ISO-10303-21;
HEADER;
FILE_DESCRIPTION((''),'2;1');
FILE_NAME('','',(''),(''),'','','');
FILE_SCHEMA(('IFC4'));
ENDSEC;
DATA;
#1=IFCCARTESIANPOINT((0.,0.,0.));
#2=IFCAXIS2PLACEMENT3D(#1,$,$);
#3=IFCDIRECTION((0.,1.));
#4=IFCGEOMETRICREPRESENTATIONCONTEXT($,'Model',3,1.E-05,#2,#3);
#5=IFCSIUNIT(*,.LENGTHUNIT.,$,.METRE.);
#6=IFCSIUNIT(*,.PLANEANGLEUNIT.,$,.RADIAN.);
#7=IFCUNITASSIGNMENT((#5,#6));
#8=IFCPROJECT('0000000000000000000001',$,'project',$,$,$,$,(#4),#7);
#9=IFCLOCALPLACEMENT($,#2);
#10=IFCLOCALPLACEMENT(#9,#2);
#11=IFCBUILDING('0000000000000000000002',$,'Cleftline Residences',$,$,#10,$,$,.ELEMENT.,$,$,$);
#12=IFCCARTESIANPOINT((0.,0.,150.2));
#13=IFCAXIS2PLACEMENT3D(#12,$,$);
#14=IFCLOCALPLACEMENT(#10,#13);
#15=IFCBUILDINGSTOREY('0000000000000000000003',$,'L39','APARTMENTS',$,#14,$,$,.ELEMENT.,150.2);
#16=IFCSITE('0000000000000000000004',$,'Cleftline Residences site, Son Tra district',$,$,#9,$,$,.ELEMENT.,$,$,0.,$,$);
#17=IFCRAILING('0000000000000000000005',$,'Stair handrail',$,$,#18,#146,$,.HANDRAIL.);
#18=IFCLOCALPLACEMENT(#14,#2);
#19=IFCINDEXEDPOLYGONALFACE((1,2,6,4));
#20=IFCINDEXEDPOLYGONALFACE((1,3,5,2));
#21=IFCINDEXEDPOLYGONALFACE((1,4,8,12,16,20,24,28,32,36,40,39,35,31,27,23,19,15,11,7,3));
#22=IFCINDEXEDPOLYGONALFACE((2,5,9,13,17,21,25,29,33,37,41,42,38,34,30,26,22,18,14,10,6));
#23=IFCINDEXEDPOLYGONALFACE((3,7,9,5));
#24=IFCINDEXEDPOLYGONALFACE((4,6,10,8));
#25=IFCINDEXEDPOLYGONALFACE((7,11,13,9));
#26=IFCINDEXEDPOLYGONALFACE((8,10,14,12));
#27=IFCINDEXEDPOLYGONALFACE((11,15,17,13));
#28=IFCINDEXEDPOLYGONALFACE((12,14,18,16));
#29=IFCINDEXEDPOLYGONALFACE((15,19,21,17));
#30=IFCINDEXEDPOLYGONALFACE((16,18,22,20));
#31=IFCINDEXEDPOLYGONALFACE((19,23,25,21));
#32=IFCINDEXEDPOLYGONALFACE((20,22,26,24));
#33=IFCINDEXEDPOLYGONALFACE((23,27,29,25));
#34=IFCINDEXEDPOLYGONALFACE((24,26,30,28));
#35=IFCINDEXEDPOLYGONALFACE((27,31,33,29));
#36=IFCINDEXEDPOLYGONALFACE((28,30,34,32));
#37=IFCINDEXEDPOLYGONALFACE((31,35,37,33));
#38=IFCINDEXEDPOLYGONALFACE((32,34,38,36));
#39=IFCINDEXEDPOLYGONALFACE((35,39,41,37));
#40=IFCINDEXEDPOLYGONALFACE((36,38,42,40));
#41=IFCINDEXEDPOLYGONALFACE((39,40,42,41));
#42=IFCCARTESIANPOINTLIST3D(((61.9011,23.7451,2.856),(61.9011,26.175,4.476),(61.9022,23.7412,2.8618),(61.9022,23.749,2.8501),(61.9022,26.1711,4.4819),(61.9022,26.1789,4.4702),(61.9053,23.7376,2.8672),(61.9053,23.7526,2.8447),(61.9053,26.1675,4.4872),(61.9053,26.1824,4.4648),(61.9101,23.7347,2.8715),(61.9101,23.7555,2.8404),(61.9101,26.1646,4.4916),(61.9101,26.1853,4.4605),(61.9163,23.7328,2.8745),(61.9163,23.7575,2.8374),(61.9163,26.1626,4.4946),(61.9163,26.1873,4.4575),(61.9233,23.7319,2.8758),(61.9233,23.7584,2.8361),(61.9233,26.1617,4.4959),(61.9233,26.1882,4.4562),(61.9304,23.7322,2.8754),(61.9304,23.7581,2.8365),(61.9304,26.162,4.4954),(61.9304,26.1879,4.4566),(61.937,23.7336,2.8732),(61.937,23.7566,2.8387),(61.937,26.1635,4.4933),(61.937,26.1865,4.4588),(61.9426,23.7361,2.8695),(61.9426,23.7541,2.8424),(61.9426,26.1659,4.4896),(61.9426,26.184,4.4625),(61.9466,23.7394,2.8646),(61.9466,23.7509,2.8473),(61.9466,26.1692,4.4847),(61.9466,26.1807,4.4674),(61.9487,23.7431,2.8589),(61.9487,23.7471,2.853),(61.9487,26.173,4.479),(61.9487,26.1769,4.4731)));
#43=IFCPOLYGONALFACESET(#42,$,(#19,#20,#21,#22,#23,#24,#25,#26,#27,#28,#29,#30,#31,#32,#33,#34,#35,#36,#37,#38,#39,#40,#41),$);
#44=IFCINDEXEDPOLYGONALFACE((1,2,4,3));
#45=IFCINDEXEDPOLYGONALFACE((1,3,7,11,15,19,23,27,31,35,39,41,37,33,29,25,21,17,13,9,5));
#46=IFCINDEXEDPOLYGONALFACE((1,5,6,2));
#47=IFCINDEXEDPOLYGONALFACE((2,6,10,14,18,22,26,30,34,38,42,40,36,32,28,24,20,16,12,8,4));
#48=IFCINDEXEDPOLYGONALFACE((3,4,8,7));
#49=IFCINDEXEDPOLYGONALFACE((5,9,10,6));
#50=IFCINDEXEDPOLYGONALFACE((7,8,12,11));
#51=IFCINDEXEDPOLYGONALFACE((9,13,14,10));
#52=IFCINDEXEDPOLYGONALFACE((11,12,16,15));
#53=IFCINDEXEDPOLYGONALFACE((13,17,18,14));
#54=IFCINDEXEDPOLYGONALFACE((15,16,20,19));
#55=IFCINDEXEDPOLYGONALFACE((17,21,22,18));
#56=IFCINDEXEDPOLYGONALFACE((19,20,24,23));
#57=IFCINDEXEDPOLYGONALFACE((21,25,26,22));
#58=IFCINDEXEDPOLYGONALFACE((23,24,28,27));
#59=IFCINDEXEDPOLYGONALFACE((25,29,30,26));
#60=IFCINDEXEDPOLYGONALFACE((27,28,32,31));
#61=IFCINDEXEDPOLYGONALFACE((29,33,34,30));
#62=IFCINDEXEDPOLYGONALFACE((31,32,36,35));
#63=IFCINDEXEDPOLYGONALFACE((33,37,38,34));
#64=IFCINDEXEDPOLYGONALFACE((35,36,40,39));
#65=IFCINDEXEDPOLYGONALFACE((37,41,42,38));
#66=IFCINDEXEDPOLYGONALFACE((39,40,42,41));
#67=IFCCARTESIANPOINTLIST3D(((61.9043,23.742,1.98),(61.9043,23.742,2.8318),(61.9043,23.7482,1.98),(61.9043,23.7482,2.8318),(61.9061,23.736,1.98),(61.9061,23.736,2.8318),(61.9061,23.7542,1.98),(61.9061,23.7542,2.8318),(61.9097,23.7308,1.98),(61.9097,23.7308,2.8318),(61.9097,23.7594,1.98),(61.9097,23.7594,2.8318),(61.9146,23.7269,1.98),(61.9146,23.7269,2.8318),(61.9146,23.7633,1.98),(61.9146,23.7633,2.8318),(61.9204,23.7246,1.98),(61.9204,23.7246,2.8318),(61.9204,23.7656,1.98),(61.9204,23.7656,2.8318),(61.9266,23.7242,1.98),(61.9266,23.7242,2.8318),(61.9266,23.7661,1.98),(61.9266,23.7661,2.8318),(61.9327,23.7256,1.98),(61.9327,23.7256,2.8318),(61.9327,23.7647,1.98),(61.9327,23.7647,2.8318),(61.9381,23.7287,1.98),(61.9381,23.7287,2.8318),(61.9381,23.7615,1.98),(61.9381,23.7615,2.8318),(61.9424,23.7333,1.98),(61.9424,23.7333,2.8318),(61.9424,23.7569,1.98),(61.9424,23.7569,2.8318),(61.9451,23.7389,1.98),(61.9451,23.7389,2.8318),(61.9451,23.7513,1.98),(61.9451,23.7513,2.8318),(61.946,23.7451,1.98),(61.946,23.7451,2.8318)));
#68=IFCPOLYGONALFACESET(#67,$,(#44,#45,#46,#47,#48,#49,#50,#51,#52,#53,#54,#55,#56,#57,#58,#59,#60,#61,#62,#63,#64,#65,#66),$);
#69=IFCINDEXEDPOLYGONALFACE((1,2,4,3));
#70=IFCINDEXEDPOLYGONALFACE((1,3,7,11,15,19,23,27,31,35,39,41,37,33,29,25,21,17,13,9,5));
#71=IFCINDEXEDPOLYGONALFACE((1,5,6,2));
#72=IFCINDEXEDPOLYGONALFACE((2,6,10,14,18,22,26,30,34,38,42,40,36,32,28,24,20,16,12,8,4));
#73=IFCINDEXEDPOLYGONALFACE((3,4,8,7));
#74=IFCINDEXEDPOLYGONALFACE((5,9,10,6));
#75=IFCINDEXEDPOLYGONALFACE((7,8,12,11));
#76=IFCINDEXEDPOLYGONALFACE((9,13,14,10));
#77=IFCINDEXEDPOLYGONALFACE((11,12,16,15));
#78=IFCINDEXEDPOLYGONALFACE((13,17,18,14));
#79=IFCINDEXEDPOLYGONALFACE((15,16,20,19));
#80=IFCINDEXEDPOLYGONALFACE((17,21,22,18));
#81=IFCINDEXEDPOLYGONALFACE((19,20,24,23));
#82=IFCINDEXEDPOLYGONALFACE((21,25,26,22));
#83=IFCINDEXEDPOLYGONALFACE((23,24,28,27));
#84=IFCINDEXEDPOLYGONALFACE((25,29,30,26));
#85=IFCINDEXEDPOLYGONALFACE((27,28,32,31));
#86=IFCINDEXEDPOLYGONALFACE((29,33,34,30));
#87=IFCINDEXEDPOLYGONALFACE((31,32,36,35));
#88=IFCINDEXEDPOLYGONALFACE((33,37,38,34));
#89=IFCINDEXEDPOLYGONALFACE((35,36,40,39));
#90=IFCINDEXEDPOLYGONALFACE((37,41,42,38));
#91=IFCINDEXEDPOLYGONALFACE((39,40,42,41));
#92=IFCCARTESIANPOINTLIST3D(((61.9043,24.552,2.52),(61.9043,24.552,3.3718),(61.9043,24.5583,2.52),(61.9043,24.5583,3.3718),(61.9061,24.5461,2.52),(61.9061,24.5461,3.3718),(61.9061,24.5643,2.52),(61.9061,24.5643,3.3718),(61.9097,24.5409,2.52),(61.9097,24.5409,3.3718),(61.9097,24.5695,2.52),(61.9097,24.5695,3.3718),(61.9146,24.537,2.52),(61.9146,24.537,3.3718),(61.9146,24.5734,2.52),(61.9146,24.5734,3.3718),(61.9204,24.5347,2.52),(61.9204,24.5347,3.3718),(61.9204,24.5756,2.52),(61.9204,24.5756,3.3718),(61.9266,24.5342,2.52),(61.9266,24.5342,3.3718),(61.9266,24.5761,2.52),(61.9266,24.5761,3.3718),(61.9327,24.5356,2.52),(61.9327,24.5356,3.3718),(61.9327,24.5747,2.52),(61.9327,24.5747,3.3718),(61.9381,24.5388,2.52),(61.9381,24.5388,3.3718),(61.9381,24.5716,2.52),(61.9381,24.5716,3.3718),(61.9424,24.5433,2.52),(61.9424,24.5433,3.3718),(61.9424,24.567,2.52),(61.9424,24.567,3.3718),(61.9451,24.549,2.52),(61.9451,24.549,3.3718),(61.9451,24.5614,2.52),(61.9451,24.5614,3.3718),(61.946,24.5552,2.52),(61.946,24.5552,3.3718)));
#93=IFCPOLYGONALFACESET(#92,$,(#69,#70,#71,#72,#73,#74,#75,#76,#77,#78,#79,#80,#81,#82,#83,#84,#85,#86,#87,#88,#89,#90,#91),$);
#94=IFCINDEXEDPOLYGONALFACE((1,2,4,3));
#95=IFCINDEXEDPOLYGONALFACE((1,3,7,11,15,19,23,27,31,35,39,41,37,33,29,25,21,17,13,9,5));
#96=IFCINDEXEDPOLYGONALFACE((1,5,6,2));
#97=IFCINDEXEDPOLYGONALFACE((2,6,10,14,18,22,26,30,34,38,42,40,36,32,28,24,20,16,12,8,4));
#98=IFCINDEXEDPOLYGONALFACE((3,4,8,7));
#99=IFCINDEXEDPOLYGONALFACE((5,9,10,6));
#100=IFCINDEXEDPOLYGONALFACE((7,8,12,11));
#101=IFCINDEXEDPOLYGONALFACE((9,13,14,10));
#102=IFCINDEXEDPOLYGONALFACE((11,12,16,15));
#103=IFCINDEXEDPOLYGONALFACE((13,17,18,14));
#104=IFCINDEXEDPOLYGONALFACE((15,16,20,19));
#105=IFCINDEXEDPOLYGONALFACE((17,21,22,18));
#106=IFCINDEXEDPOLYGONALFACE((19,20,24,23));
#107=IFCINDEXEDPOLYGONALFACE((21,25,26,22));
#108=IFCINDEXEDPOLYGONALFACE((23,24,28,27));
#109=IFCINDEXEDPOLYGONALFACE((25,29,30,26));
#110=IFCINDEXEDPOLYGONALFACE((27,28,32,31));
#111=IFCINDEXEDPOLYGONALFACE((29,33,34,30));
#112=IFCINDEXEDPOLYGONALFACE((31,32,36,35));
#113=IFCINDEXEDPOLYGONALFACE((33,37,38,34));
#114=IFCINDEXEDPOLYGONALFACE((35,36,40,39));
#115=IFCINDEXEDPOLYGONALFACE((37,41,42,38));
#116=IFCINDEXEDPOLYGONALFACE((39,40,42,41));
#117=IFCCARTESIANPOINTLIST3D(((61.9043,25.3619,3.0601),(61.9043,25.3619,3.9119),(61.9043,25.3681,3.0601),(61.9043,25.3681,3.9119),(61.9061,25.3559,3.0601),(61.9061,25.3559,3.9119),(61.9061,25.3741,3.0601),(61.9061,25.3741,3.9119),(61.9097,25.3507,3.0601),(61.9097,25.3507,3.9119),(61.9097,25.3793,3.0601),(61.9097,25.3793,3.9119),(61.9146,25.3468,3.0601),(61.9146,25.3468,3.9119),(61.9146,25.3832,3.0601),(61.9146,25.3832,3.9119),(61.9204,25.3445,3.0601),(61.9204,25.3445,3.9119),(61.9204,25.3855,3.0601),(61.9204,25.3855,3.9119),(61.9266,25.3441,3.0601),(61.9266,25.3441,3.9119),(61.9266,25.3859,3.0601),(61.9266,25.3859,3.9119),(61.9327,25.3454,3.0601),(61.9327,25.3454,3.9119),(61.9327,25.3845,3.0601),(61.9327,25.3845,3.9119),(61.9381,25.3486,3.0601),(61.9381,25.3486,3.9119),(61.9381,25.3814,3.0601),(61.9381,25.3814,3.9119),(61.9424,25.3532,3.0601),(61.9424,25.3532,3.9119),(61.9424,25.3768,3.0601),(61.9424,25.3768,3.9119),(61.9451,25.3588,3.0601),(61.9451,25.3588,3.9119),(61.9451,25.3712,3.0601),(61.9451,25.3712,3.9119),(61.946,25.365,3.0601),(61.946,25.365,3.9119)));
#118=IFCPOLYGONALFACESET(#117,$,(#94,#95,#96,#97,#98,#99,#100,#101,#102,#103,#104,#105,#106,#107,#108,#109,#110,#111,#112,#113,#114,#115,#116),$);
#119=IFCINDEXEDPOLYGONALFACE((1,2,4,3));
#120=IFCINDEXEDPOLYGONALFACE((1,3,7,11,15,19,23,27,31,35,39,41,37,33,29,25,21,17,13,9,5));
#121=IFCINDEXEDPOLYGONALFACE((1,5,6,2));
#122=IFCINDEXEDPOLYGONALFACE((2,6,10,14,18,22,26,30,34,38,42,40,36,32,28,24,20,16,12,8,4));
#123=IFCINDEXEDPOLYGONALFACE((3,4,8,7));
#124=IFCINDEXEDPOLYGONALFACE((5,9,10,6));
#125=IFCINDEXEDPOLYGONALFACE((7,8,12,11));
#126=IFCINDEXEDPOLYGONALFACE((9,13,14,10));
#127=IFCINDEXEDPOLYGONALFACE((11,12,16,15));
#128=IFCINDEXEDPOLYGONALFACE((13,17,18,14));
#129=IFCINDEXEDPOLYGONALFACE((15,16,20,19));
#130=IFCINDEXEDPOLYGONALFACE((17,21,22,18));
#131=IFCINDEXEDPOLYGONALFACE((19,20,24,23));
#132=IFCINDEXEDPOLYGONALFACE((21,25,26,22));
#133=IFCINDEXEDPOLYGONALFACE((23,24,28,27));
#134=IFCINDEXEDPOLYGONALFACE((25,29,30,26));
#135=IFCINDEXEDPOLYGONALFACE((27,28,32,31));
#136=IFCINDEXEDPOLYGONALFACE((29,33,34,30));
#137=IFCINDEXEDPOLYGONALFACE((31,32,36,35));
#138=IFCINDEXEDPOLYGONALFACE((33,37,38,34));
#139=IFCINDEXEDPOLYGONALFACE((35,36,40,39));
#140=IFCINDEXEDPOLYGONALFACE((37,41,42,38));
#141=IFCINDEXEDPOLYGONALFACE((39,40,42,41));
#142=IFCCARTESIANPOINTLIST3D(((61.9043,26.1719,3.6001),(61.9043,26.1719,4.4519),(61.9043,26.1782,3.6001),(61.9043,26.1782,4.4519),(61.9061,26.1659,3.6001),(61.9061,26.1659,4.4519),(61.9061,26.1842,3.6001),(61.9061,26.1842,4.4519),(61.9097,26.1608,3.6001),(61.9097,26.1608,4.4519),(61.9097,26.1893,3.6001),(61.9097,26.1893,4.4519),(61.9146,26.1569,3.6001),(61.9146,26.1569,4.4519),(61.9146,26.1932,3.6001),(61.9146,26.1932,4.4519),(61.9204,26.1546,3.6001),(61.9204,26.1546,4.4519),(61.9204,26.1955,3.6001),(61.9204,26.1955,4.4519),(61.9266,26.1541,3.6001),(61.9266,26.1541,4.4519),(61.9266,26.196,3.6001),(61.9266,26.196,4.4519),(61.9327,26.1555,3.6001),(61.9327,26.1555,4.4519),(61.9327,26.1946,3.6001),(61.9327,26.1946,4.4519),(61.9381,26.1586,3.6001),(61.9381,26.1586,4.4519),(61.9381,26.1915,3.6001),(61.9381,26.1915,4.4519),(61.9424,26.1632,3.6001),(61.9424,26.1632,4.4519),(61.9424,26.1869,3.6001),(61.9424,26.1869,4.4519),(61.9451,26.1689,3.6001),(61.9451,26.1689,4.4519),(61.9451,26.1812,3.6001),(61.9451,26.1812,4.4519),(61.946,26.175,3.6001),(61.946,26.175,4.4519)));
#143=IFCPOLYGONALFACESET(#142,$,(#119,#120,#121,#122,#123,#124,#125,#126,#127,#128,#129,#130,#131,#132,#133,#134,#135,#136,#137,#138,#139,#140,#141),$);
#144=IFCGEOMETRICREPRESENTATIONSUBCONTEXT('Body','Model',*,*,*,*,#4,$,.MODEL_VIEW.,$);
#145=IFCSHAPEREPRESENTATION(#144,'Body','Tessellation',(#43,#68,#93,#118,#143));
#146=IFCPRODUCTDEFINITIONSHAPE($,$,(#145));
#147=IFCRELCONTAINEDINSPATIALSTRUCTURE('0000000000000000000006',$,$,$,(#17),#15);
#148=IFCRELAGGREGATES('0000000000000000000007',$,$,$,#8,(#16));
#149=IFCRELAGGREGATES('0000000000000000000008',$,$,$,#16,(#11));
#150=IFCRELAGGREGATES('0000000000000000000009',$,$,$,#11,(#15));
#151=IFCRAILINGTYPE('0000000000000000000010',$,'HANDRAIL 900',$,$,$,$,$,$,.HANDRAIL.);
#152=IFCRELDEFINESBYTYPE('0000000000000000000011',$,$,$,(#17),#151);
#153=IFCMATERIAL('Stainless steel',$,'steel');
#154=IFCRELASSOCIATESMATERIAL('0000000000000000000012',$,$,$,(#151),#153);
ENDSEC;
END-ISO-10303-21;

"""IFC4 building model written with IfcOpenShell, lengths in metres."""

from ifc_helpers import new_model, si_unit, direction, frame, origin, origin_2d, place, context, subcontext, project, spatial, circle, extrude, material, type_object, element, save


model = new_model("IFC4")

# Units and contexts
model_context = context("Model", 3, precision=1e-05, world=origin(), true_north=direction((0.0, 1.0)))
body_context = subcontext(model_context, "Body", "Model", "MODEL_VIEW")
ifc_project = project(units=[si_unit("LENGTHUNIT", "METRE"), si_unit("PLANEANGLEUNIT", "RADIAN")], contexts=[model_context])

# Site, building, storey
site_placement = place(None, origin())
site = spatial("IfcSite", under=ifc_project, at=site_placement, Name="Cleftline Residences site, Son Tra district", CompositionType="ELEMENT", RefElevation=0.0)
building_placement = place(site_placement, origin())
building = spatial("IfcBuilding", under=site, at=building_placement, Name="Cleftline Residences", CompositionType="ELEMENT")
storey_placement = place(building_placement, frame((0.0, 0.0, 150.2)))
storey = spatial("IfcBuildingStorey", under=building, at=storey_placement, Name="L39", Description="APARTMENTS", CompositionType="ELEMENT", Elevation=150.2)

# Railing
ifc_material_1 = material(Name="Stainless steel", Category="steel")
railing_type = type_object("IfcRailingType", Name="HANDRAIL 900", PredefinedType="HANDRAIL", material=ifc_material_1)
railing_placement = place(storey_placement, frame((61.925, 23.7451, 1.98)))
element("IfcRailing", 1, at=railing_placement, inside=storey, type_object=railing_type, Name="Stair handrail", PredefinedType="HANDRAIL", context=body_context, shape_type="SweptSolid", body=[
    extrude(circle(Radius=0.0239, at=origin_2d()), frame((0.0, 0.0, 0.876), z_axis=(0.0, 0.832025, 0.554739), x_axis=(-1.0, 0.0, 0.0)), (0.0, 0.0, 1.0), 2.9204),
    extrude(circle(Radius=0.021, at=origin_2d()), origin(), (0.0, 0.0, 1.0), 0.8518),
    extrude(circle(Radius=0.021, at=origin_2d()), frame((0.0, 0.8101, 0.54)), (0.0, 0.0, 1.0), 0.8518),
    extrude(circle(Radius=0.021, at=origin_2d()), frame((0.0, 1.6199, 1.0801)), (0.0, 0.0, 1.0), 0.8518),
    extrude(circle(Radius=0.021, at=origin_2d()), frame((0.0, 2.4299, 1.6201)), (0.0, 0.0, 1.0), 0.8518),
])

save(model, "model.ifc")
